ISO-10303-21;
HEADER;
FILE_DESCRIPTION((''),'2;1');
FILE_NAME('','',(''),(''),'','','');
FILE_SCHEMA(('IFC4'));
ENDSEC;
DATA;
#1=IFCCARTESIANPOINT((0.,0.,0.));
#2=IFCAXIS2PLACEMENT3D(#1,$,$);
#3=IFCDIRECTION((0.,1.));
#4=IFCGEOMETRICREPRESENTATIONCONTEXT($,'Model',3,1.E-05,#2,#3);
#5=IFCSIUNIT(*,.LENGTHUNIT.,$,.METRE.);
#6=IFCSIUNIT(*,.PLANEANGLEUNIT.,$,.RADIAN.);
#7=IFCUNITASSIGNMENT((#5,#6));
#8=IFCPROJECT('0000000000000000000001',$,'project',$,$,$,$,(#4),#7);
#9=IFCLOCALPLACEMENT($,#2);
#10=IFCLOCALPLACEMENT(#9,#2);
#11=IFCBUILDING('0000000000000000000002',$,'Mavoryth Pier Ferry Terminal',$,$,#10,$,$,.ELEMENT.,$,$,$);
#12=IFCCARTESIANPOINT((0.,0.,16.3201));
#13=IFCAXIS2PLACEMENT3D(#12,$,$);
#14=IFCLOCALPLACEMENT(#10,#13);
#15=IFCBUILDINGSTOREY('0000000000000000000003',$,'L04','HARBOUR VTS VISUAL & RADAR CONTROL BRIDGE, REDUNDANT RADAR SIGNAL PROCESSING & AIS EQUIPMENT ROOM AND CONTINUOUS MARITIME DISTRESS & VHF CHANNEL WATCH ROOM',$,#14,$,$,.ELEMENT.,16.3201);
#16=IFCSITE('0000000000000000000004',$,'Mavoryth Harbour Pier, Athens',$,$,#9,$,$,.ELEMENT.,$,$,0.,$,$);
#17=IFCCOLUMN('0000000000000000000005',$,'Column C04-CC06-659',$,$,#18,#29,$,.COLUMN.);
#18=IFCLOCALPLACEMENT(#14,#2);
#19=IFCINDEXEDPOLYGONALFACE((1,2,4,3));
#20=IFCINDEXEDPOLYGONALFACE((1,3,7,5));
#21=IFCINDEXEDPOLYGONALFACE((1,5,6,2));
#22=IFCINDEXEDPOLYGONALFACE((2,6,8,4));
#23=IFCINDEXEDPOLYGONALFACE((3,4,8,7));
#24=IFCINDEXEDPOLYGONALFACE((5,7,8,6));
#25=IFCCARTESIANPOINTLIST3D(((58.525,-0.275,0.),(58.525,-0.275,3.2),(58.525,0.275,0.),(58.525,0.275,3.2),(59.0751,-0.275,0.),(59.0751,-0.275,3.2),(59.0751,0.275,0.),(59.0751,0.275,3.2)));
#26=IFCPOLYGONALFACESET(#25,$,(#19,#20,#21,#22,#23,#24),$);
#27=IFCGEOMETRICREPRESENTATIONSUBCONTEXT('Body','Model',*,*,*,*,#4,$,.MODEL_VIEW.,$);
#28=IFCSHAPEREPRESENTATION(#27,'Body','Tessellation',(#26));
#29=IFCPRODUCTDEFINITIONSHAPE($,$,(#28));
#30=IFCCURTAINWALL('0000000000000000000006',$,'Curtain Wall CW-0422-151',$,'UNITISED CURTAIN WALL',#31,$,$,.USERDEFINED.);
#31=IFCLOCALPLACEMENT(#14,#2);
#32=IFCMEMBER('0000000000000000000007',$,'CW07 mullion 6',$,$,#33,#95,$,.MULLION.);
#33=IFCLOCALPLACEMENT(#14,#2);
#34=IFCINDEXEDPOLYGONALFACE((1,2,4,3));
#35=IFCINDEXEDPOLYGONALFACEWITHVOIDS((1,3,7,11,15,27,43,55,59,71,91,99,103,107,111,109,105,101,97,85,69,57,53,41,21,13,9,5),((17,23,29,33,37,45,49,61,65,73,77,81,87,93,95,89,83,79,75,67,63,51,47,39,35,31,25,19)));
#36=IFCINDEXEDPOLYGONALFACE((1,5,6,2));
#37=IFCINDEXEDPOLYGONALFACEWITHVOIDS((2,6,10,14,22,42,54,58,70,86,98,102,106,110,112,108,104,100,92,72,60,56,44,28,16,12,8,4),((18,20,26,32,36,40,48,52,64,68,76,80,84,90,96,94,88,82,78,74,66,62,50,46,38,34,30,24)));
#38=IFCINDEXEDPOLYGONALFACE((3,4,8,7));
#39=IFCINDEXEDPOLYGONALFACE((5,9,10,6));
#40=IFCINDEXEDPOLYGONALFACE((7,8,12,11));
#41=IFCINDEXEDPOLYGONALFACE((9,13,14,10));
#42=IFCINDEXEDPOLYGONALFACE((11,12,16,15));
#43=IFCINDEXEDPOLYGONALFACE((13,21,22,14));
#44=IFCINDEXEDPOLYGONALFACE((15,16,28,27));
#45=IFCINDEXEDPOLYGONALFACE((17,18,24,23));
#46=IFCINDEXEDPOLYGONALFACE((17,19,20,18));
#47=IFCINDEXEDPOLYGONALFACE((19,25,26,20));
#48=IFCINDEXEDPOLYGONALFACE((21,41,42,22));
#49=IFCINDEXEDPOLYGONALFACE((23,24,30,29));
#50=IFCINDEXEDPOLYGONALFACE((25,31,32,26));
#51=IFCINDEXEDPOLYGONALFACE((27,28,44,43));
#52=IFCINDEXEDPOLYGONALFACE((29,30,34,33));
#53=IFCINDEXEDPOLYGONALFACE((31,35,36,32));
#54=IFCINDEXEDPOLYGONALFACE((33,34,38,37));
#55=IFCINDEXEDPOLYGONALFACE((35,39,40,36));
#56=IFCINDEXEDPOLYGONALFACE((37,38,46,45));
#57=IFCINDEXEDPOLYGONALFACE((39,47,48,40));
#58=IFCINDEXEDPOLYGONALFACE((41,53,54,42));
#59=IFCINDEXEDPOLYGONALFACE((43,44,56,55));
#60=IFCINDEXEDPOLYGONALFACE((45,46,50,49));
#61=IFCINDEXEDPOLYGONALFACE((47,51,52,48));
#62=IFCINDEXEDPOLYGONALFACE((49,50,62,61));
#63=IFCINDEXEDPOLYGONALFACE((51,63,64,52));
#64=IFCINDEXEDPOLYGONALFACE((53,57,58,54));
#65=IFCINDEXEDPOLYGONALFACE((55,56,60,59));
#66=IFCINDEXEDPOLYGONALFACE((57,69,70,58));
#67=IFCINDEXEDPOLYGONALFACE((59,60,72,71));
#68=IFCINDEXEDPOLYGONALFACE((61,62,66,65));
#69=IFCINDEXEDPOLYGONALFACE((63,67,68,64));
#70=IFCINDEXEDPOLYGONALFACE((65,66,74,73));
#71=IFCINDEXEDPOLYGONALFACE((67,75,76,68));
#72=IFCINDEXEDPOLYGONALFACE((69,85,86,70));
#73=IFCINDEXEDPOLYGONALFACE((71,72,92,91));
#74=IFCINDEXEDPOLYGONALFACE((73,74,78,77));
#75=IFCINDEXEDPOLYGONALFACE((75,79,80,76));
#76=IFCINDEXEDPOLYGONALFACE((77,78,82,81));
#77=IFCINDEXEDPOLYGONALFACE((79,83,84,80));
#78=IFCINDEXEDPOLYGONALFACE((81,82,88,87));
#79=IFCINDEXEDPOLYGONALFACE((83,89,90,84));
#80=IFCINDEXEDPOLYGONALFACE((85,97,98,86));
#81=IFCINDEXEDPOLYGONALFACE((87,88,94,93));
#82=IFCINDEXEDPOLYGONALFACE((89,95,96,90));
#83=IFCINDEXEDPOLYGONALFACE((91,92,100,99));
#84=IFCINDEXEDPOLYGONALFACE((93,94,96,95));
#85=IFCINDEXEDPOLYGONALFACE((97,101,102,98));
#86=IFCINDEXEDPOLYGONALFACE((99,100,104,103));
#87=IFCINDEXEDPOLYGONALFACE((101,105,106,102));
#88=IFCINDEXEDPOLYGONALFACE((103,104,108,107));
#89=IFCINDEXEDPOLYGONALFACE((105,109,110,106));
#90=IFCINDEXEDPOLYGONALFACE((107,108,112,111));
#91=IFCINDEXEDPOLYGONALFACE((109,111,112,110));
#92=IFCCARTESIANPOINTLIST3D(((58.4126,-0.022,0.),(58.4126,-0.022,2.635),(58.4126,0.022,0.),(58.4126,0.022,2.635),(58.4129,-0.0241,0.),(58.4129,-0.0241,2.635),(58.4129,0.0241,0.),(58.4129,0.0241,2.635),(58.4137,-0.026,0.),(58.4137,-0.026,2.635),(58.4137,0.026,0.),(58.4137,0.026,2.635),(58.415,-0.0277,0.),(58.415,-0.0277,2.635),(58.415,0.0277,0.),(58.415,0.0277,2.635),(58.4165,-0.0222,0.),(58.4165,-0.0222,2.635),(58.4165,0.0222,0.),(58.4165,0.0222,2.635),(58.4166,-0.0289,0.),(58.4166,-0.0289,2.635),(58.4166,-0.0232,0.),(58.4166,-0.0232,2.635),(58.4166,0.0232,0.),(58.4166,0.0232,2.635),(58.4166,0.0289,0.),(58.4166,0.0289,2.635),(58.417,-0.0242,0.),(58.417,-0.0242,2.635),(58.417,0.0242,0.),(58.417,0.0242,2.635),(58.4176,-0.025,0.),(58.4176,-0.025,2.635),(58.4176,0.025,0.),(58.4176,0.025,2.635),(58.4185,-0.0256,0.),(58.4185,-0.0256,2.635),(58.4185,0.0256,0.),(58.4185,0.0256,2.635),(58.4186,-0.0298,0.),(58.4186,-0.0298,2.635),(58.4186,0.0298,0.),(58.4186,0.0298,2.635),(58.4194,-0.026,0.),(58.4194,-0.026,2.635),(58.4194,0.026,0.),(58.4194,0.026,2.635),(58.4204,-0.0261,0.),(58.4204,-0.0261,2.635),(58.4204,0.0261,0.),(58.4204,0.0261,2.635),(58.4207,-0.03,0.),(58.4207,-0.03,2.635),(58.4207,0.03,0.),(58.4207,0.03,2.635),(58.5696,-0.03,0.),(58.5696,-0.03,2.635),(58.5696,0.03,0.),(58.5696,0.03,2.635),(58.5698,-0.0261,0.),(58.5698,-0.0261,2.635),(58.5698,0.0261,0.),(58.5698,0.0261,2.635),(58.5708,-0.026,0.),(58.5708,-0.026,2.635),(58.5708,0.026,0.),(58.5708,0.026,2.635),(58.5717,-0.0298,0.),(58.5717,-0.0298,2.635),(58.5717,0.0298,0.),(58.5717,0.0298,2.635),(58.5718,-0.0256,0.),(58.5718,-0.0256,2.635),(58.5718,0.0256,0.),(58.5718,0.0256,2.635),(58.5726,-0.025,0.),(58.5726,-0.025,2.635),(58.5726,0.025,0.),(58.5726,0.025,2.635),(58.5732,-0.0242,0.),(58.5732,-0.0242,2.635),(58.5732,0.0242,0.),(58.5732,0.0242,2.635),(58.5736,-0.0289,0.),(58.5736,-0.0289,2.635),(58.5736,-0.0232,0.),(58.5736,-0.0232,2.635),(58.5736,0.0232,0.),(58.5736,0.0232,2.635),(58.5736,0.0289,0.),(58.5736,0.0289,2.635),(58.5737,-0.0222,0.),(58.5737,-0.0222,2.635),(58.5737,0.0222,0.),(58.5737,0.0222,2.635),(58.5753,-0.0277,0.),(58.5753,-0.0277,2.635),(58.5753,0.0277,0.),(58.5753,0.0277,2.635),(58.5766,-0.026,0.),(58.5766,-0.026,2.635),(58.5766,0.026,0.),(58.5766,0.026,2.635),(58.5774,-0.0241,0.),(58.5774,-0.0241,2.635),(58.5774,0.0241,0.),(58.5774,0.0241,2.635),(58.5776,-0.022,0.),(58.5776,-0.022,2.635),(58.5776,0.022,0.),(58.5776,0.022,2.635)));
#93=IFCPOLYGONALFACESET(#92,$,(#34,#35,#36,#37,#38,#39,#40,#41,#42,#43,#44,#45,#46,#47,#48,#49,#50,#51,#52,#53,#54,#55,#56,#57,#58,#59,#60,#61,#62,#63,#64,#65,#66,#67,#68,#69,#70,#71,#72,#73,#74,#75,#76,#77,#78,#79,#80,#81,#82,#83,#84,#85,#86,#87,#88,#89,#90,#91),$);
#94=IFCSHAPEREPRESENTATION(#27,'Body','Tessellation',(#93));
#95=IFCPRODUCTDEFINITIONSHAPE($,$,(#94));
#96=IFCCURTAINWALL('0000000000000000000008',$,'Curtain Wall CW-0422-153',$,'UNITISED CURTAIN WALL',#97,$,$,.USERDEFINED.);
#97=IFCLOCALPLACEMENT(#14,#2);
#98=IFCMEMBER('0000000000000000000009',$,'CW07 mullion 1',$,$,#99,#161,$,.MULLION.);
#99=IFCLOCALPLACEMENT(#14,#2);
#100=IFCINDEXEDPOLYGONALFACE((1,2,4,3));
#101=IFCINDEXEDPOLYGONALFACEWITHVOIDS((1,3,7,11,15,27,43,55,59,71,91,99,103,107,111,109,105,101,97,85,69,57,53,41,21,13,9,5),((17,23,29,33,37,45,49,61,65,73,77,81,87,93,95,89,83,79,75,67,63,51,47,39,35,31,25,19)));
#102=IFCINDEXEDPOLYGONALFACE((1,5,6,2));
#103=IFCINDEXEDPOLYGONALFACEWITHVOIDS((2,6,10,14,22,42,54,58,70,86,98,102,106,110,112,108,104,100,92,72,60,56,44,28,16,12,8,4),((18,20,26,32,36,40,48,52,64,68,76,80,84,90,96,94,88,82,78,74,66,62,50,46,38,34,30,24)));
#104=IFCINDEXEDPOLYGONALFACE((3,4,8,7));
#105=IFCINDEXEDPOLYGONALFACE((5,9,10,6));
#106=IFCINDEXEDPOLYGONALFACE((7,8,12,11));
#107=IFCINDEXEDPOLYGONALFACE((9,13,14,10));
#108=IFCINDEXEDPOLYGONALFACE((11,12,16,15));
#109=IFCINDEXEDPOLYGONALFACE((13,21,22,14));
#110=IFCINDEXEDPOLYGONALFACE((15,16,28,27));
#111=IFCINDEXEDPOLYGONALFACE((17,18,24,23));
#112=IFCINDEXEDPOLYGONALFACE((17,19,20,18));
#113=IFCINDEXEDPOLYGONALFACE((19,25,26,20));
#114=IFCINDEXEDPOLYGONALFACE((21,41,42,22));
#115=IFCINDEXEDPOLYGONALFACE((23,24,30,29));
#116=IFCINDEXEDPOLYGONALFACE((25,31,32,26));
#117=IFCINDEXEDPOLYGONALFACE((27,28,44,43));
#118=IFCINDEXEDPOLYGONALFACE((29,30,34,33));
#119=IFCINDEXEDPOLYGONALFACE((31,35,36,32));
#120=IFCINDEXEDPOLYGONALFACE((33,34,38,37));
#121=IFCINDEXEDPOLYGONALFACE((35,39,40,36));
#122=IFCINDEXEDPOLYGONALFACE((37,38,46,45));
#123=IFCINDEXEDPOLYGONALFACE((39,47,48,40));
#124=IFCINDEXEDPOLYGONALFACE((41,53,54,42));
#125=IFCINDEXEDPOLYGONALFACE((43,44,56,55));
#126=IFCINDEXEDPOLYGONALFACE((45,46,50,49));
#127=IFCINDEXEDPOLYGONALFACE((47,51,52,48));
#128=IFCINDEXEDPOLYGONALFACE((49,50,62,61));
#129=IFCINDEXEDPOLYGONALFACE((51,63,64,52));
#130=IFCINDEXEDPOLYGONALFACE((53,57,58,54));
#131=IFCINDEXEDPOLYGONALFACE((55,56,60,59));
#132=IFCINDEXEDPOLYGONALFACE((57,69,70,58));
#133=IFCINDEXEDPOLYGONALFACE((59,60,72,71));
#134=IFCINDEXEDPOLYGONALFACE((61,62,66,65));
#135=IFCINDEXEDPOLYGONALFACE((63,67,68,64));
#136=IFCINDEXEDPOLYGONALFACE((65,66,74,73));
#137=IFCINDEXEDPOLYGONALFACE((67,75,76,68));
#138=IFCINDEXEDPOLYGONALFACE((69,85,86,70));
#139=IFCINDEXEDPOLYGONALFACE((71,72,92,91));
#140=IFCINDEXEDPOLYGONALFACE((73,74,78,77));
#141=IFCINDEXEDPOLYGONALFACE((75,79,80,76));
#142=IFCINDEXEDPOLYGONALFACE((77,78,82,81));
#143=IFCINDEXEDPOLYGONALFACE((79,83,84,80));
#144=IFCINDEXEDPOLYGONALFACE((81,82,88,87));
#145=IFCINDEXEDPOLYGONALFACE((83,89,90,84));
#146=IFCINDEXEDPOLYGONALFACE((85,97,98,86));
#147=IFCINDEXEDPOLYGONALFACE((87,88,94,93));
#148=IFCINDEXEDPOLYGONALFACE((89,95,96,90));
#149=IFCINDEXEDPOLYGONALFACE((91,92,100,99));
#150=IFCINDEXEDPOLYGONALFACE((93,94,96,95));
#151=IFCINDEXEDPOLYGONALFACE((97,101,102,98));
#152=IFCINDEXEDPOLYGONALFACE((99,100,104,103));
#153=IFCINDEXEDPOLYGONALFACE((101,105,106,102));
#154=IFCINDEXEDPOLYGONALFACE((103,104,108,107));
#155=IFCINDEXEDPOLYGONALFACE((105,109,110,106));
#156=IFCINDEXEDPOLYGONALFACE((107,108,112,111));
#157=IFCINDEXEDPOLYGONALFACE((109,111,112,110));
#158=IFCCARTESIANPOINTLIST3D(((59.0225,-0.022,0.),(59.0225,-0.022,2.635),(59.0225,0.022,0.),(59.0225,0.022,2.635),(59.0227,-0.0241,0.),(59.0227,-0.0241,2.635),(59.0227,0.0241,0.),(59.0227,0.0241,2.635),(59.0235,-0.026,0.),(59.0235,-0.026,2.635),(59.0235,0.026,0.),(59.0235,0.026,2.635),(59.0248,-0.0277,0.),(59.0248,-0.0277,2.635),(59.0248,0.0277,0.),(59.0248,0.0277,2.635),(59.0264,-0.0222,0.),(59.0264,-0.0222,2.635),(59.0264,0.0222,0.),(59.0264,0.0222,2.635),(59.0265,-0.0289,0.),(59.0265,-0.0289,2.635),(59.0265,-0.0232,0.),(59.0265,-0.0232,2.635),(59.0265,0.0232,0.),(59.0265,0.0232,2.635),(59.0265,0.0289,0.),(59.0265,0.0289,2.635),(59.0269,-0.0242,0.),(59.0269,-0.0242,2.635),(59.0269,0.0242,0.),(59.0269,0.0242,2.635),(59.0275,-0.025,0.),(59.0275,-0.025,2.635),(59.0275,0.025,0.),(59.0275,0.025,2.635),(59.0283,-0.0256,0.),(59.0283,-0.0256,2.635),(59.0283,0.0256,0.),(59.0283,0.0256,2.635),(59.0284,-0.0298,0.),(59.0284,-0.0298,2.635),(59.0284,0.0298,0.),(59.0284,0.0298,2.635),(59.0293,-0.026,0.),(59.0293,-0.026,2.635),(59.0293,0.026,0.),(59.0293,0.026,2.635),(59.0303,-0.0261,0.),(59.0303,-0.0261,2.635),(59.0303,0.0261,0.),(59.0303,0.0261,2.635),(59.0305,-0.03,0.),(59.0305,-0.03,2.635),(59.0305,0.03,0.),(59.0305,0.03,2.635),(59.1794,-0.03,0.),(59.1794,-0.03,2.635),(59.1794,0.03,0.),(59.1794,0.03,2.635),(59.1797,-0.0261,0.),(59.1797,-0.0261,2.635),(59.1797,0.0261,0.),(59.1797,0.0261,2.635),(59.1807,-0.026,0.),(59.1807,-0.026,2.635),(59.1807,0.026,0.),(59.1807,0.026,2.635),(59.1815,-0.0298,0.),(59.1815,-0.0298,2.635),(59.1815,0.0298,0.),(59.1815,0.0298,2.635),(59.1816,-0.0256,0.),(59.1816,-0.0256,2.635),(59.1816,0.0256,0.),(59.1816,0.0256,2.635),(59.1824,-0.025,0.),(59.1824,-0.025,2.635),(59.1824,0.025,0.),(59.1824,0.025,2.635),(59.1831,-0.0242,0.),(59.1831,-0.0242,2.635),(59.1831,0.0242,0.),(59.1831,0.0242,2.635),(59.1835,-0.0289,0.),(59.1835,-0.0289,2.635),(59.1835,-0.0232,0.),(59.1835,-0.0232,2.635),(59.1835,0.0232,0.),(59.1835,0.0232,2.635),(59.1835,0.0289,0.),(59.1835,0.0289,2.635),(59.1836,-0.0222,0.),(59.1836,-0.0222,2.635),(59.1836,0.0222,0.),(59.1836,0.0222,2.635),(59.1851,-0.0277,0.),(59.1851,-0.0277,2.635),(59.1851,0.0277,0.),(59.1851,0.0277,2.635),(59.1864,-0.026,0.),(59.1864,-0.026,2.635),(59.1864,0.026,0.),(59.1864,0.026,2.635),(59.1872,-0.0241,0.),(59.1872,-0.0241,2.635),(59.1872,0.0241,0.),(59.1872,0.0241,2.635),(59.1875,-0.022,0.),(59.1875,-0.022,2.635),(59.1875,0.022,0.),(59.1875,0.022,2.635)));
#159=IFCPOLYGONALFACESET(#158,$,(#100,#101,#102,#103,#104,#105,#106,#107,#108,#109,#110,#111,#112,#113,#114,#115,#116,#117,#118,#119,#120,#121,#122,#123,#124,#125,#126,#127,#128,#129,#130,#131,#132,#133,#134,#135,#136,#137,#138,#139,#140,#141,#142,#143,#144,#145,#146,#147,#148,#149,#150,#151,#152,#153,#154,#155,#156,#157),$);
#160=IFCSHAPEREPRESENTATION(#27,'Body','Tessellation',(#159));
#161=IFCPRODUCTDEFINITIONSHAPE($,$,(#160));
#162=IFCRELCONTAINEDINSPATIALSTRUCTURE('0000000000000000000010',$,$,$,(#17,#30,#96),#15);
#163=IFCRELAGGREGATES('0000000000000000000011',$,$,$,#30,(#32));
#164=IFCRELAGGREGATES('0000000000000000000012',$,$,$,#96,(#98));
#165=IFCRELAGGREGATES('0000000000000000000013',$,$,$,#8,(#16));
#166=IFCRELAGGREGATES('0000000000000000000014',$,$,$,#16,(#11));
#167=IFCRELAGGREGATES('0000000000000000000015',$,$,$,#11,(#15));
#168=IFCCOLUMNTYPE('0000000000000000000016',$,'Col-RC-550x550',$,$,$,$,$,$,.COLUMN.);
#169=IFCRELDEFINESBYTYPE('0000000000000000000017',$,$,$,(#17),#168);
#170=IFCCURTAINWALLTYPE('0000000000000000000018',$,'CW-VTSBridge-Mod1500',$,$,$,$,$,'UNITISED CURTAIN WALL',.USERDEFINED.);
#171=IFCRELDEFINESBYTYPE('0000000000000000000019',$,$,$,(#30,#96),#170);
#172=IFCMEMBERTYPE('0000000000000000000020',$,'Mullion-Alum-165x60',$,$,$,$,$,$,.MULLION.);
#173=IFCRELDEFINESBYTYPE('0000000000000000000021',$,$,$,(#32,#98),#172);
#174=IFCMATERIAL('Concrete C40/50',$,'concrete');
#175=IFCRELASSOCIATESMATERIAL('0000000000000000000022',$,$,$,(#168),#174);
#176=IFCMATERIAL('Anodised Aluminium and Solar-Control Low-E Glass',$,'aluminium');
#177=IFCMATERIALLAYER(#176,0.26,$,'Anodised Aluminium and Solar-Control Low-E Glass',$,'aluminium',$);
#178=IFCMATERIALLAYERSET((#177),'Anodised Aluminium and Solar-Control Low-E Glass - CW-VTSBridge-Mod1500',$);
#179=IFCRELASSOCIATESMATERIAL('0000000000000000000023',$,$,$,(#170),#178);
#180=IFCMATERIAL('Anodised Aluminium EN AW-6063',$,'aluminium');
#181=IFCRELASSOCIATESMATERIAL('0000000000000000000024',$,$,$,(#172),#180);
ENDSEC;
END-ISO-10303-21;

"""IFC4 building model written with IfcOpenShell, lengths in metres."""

from ifc_helpers import new_model, si_unit, direction, frame, origin, origin_2d, place, context, subcontext, project, spatial, rectangle, hollow_rectangle, extrude, material, layer, layer_set, material_profile, profile_set, type_object, element, aggregate, save


model = new_model("IFC4")

# Units and contexts
model_context = context("Model", 3, precision=1e-05, world=origin(), true_north=direction((0.0, 1.0)))
body_context = subcontext(model_context, "Body", "Model", "MODEL_VIEW")
ifc_project = project(units=[si_unit("LENGTHUNIT", "METRE"), si_unit("PLANEANGLEUNIT", "RADIAN")], contexts=[model_context])

# Site, building, storey
site_placement = place(None, origin())
site = spatial("IfcSite", under=ifc_project, at=site_placement, Name="Mavoryth Harbour Pier, Athens", CompositionType="ELEMENT", RefElevation=0.0)
building_placement = place(site_placement, origin())
building = spatial("IfcBuilding", under=site, at=building_placement, Name="Mavoryth Pier Ferry Terminal", CompositionType="ELEMENT")
storey_placement = place(building_placement, frame((0.0, 0.0, 16.3201)))
storey = spatial("IfcBuildingStorey", under=building, at=storey_placement, Name="L04", Description="HARBOUR VTS VISUAL & RADAR CONTROL BRIDGE, REDUNDANT RADAR SIGNAL PROCESSING & AIS EQUIPMENT ROOM AND CONTINUOUS MARITIME DISTRESS & VHF CHANNEL WATCH ROOM", CompositionType="ELEMENT", Elevation=16.3201)

# Column
ifc_material_1 = material(Name="Concrete C40/50", Category="concrete")
ifc_material_profile_1 = material_profile(ifc_material_1, rectangle(XDim=0.55, YDim=0.55, at=origin_2d()), Name="RC 550x550", Category="concrete")
ifc_profile_set_1 = profile_set([ifc_material_profile_1], Name="Concrete C40/50 - RC 550x550")
column_type = type_object("IfcColumnType", Name="Col-RC-550x550", PredefinedType="COLUMN", material=ifc_profile_set_1)
column_placement = place(storey_placement, frame((58.8, 0.0, 0.0), z_axis=(0.0, 0.0, 1.0), x_axis=(1.0, 0.0, 0.0)))
element("IfcColumn", 1, at=column_placement, inside=storey, type_object=column_type, Name="Column C04-CC06-659", PredefinedType="COLUMN", context=body_context, shape_type="SweptSolid", body=[
    extrude(rectangle(XDim=0.55, YDim=0.55, at=origin_2d()), origin(), (0.0, 0.0, 1.0), 3.2),
])

# Curtain wall, member
ifc_material_2 = material(Name="Anodised Aluminium and Solar-Control Low-E Glass", Category="aluminium")
ifc_layer_1 = layer(ifc_material_2, 0.26, Name="Anodised Aluminium and Solar-Control Low-E Glass", Category="aluminium")
ifc_layer_set_1 = layer_set([ifc_layer_1], Name="Anodised Aluminium and Solar-Control Low-E Glass - CW-VTSBridge-Mod1500")
curtain_wall_type = type_object("IfcCurtainWallType", Name="CW-VTSBridge-Mod1500", ElementType="UNITISED CURTAIN WALL", PredefinedType="USERDEFINED", material=ifc_layer_set_1)
curtain_wall_1_placement = place(storey_placement, origin())
curtain_wall_1 = element("IfcCurtainWall", 2, at=curtain_wall_1_placement, inside=storey, type_object=curtain_wall_type, Name="Curtain Wall CW-0422-151", ObjectType="UNITISED CURTAIN WALL", PredefinedType="USERDEFINED")
ifc_material_3 = material(Name="Anodised Aluminium EN AW-6063", Category="aluminium")
ifc_material_profile_2 = material_profile(ifc_material_3, hollow_rectangle(XDim=0.0601, YDim=0.165, WallThickness=0.0039, InnerFilletRadius=0.0039, OuterFilletRadius=0.0081, at=origin_2d()), Name="AL-MULL 165x60x4", Category="aluminium")
ifc_profile_set_2 = profile_set([ifc_material_profile_2], Name="Anodised Aluminium EN AW-6063 - AL-MULL 165x60x4")
member_type_1 = type_object("IfcMemberType", Name="Mullion-Alum-165x60", PredefinedType="MULLION", material=ifc_profile_set_2)
member_1_placement = place(storey_placement, frame((58.4951, 0.0, 0.0), z_axis=(0.0, 0.0, 1.0), x_axis=(0.0, 1.0, 0.0)))
member_1 = element("IfcMember", 3, at=member_1_placement, type_object=member_type_1, Name="CW07 mullion 6", PredefinedType="MULLION", context=body_context, shape_type="SweptSolid", body=[
    extrude(hollow_rectangle(XDim=0.0601, YDim=0.165, WallThickness=0.0039, InnerFilletRadius=0.0039, OuterFilletRadius=0.0081, at=origin_2d()), origin(), (0.0, 0.0, 1.0), 2.635),
])

# Curtain wall, member
curtain_wall_2_placement = place(storey_placement, origin())
curtain_wall_2 = element("IfcCurtainWall", 4, at=curtain_wall_2_placement, inside=storey, type_object=curtain_wall_type, Name="Curtain Wall CW-0422-153", ObjectType="UNITISED CURTAIN WALL", PredefinedType="USERDEFINED")
member_2_placement = place(storey_placement, frame((59.105, 0.0, 0.0), z_axis=(0.0, 0.0, 1.0), x_axis=(0.0, 1.0, 0.0)))
member_2 = element("IfcMember", 5, at=member_2_placement, type_object=member_type_1, Name="CW07 mullion 1", PredefinedType="MULLION", context=body_context, shape_type="SweptSolid", body=[
    extrude(hollow_rectangle(XDim=0.0601, YDim=0.165, WallThickness=0.0039, InnerFilletRadius=0.0039, OuterFilletRadius=0.0081, at=origin_2d()), origin(), (0.0, 0.0, 1.0), 2.635),
])

aggregate(curtain_wall_1, [member_1])
aggregate(curtain_wall_2, [member_2])

save(model, "model.ifc")
